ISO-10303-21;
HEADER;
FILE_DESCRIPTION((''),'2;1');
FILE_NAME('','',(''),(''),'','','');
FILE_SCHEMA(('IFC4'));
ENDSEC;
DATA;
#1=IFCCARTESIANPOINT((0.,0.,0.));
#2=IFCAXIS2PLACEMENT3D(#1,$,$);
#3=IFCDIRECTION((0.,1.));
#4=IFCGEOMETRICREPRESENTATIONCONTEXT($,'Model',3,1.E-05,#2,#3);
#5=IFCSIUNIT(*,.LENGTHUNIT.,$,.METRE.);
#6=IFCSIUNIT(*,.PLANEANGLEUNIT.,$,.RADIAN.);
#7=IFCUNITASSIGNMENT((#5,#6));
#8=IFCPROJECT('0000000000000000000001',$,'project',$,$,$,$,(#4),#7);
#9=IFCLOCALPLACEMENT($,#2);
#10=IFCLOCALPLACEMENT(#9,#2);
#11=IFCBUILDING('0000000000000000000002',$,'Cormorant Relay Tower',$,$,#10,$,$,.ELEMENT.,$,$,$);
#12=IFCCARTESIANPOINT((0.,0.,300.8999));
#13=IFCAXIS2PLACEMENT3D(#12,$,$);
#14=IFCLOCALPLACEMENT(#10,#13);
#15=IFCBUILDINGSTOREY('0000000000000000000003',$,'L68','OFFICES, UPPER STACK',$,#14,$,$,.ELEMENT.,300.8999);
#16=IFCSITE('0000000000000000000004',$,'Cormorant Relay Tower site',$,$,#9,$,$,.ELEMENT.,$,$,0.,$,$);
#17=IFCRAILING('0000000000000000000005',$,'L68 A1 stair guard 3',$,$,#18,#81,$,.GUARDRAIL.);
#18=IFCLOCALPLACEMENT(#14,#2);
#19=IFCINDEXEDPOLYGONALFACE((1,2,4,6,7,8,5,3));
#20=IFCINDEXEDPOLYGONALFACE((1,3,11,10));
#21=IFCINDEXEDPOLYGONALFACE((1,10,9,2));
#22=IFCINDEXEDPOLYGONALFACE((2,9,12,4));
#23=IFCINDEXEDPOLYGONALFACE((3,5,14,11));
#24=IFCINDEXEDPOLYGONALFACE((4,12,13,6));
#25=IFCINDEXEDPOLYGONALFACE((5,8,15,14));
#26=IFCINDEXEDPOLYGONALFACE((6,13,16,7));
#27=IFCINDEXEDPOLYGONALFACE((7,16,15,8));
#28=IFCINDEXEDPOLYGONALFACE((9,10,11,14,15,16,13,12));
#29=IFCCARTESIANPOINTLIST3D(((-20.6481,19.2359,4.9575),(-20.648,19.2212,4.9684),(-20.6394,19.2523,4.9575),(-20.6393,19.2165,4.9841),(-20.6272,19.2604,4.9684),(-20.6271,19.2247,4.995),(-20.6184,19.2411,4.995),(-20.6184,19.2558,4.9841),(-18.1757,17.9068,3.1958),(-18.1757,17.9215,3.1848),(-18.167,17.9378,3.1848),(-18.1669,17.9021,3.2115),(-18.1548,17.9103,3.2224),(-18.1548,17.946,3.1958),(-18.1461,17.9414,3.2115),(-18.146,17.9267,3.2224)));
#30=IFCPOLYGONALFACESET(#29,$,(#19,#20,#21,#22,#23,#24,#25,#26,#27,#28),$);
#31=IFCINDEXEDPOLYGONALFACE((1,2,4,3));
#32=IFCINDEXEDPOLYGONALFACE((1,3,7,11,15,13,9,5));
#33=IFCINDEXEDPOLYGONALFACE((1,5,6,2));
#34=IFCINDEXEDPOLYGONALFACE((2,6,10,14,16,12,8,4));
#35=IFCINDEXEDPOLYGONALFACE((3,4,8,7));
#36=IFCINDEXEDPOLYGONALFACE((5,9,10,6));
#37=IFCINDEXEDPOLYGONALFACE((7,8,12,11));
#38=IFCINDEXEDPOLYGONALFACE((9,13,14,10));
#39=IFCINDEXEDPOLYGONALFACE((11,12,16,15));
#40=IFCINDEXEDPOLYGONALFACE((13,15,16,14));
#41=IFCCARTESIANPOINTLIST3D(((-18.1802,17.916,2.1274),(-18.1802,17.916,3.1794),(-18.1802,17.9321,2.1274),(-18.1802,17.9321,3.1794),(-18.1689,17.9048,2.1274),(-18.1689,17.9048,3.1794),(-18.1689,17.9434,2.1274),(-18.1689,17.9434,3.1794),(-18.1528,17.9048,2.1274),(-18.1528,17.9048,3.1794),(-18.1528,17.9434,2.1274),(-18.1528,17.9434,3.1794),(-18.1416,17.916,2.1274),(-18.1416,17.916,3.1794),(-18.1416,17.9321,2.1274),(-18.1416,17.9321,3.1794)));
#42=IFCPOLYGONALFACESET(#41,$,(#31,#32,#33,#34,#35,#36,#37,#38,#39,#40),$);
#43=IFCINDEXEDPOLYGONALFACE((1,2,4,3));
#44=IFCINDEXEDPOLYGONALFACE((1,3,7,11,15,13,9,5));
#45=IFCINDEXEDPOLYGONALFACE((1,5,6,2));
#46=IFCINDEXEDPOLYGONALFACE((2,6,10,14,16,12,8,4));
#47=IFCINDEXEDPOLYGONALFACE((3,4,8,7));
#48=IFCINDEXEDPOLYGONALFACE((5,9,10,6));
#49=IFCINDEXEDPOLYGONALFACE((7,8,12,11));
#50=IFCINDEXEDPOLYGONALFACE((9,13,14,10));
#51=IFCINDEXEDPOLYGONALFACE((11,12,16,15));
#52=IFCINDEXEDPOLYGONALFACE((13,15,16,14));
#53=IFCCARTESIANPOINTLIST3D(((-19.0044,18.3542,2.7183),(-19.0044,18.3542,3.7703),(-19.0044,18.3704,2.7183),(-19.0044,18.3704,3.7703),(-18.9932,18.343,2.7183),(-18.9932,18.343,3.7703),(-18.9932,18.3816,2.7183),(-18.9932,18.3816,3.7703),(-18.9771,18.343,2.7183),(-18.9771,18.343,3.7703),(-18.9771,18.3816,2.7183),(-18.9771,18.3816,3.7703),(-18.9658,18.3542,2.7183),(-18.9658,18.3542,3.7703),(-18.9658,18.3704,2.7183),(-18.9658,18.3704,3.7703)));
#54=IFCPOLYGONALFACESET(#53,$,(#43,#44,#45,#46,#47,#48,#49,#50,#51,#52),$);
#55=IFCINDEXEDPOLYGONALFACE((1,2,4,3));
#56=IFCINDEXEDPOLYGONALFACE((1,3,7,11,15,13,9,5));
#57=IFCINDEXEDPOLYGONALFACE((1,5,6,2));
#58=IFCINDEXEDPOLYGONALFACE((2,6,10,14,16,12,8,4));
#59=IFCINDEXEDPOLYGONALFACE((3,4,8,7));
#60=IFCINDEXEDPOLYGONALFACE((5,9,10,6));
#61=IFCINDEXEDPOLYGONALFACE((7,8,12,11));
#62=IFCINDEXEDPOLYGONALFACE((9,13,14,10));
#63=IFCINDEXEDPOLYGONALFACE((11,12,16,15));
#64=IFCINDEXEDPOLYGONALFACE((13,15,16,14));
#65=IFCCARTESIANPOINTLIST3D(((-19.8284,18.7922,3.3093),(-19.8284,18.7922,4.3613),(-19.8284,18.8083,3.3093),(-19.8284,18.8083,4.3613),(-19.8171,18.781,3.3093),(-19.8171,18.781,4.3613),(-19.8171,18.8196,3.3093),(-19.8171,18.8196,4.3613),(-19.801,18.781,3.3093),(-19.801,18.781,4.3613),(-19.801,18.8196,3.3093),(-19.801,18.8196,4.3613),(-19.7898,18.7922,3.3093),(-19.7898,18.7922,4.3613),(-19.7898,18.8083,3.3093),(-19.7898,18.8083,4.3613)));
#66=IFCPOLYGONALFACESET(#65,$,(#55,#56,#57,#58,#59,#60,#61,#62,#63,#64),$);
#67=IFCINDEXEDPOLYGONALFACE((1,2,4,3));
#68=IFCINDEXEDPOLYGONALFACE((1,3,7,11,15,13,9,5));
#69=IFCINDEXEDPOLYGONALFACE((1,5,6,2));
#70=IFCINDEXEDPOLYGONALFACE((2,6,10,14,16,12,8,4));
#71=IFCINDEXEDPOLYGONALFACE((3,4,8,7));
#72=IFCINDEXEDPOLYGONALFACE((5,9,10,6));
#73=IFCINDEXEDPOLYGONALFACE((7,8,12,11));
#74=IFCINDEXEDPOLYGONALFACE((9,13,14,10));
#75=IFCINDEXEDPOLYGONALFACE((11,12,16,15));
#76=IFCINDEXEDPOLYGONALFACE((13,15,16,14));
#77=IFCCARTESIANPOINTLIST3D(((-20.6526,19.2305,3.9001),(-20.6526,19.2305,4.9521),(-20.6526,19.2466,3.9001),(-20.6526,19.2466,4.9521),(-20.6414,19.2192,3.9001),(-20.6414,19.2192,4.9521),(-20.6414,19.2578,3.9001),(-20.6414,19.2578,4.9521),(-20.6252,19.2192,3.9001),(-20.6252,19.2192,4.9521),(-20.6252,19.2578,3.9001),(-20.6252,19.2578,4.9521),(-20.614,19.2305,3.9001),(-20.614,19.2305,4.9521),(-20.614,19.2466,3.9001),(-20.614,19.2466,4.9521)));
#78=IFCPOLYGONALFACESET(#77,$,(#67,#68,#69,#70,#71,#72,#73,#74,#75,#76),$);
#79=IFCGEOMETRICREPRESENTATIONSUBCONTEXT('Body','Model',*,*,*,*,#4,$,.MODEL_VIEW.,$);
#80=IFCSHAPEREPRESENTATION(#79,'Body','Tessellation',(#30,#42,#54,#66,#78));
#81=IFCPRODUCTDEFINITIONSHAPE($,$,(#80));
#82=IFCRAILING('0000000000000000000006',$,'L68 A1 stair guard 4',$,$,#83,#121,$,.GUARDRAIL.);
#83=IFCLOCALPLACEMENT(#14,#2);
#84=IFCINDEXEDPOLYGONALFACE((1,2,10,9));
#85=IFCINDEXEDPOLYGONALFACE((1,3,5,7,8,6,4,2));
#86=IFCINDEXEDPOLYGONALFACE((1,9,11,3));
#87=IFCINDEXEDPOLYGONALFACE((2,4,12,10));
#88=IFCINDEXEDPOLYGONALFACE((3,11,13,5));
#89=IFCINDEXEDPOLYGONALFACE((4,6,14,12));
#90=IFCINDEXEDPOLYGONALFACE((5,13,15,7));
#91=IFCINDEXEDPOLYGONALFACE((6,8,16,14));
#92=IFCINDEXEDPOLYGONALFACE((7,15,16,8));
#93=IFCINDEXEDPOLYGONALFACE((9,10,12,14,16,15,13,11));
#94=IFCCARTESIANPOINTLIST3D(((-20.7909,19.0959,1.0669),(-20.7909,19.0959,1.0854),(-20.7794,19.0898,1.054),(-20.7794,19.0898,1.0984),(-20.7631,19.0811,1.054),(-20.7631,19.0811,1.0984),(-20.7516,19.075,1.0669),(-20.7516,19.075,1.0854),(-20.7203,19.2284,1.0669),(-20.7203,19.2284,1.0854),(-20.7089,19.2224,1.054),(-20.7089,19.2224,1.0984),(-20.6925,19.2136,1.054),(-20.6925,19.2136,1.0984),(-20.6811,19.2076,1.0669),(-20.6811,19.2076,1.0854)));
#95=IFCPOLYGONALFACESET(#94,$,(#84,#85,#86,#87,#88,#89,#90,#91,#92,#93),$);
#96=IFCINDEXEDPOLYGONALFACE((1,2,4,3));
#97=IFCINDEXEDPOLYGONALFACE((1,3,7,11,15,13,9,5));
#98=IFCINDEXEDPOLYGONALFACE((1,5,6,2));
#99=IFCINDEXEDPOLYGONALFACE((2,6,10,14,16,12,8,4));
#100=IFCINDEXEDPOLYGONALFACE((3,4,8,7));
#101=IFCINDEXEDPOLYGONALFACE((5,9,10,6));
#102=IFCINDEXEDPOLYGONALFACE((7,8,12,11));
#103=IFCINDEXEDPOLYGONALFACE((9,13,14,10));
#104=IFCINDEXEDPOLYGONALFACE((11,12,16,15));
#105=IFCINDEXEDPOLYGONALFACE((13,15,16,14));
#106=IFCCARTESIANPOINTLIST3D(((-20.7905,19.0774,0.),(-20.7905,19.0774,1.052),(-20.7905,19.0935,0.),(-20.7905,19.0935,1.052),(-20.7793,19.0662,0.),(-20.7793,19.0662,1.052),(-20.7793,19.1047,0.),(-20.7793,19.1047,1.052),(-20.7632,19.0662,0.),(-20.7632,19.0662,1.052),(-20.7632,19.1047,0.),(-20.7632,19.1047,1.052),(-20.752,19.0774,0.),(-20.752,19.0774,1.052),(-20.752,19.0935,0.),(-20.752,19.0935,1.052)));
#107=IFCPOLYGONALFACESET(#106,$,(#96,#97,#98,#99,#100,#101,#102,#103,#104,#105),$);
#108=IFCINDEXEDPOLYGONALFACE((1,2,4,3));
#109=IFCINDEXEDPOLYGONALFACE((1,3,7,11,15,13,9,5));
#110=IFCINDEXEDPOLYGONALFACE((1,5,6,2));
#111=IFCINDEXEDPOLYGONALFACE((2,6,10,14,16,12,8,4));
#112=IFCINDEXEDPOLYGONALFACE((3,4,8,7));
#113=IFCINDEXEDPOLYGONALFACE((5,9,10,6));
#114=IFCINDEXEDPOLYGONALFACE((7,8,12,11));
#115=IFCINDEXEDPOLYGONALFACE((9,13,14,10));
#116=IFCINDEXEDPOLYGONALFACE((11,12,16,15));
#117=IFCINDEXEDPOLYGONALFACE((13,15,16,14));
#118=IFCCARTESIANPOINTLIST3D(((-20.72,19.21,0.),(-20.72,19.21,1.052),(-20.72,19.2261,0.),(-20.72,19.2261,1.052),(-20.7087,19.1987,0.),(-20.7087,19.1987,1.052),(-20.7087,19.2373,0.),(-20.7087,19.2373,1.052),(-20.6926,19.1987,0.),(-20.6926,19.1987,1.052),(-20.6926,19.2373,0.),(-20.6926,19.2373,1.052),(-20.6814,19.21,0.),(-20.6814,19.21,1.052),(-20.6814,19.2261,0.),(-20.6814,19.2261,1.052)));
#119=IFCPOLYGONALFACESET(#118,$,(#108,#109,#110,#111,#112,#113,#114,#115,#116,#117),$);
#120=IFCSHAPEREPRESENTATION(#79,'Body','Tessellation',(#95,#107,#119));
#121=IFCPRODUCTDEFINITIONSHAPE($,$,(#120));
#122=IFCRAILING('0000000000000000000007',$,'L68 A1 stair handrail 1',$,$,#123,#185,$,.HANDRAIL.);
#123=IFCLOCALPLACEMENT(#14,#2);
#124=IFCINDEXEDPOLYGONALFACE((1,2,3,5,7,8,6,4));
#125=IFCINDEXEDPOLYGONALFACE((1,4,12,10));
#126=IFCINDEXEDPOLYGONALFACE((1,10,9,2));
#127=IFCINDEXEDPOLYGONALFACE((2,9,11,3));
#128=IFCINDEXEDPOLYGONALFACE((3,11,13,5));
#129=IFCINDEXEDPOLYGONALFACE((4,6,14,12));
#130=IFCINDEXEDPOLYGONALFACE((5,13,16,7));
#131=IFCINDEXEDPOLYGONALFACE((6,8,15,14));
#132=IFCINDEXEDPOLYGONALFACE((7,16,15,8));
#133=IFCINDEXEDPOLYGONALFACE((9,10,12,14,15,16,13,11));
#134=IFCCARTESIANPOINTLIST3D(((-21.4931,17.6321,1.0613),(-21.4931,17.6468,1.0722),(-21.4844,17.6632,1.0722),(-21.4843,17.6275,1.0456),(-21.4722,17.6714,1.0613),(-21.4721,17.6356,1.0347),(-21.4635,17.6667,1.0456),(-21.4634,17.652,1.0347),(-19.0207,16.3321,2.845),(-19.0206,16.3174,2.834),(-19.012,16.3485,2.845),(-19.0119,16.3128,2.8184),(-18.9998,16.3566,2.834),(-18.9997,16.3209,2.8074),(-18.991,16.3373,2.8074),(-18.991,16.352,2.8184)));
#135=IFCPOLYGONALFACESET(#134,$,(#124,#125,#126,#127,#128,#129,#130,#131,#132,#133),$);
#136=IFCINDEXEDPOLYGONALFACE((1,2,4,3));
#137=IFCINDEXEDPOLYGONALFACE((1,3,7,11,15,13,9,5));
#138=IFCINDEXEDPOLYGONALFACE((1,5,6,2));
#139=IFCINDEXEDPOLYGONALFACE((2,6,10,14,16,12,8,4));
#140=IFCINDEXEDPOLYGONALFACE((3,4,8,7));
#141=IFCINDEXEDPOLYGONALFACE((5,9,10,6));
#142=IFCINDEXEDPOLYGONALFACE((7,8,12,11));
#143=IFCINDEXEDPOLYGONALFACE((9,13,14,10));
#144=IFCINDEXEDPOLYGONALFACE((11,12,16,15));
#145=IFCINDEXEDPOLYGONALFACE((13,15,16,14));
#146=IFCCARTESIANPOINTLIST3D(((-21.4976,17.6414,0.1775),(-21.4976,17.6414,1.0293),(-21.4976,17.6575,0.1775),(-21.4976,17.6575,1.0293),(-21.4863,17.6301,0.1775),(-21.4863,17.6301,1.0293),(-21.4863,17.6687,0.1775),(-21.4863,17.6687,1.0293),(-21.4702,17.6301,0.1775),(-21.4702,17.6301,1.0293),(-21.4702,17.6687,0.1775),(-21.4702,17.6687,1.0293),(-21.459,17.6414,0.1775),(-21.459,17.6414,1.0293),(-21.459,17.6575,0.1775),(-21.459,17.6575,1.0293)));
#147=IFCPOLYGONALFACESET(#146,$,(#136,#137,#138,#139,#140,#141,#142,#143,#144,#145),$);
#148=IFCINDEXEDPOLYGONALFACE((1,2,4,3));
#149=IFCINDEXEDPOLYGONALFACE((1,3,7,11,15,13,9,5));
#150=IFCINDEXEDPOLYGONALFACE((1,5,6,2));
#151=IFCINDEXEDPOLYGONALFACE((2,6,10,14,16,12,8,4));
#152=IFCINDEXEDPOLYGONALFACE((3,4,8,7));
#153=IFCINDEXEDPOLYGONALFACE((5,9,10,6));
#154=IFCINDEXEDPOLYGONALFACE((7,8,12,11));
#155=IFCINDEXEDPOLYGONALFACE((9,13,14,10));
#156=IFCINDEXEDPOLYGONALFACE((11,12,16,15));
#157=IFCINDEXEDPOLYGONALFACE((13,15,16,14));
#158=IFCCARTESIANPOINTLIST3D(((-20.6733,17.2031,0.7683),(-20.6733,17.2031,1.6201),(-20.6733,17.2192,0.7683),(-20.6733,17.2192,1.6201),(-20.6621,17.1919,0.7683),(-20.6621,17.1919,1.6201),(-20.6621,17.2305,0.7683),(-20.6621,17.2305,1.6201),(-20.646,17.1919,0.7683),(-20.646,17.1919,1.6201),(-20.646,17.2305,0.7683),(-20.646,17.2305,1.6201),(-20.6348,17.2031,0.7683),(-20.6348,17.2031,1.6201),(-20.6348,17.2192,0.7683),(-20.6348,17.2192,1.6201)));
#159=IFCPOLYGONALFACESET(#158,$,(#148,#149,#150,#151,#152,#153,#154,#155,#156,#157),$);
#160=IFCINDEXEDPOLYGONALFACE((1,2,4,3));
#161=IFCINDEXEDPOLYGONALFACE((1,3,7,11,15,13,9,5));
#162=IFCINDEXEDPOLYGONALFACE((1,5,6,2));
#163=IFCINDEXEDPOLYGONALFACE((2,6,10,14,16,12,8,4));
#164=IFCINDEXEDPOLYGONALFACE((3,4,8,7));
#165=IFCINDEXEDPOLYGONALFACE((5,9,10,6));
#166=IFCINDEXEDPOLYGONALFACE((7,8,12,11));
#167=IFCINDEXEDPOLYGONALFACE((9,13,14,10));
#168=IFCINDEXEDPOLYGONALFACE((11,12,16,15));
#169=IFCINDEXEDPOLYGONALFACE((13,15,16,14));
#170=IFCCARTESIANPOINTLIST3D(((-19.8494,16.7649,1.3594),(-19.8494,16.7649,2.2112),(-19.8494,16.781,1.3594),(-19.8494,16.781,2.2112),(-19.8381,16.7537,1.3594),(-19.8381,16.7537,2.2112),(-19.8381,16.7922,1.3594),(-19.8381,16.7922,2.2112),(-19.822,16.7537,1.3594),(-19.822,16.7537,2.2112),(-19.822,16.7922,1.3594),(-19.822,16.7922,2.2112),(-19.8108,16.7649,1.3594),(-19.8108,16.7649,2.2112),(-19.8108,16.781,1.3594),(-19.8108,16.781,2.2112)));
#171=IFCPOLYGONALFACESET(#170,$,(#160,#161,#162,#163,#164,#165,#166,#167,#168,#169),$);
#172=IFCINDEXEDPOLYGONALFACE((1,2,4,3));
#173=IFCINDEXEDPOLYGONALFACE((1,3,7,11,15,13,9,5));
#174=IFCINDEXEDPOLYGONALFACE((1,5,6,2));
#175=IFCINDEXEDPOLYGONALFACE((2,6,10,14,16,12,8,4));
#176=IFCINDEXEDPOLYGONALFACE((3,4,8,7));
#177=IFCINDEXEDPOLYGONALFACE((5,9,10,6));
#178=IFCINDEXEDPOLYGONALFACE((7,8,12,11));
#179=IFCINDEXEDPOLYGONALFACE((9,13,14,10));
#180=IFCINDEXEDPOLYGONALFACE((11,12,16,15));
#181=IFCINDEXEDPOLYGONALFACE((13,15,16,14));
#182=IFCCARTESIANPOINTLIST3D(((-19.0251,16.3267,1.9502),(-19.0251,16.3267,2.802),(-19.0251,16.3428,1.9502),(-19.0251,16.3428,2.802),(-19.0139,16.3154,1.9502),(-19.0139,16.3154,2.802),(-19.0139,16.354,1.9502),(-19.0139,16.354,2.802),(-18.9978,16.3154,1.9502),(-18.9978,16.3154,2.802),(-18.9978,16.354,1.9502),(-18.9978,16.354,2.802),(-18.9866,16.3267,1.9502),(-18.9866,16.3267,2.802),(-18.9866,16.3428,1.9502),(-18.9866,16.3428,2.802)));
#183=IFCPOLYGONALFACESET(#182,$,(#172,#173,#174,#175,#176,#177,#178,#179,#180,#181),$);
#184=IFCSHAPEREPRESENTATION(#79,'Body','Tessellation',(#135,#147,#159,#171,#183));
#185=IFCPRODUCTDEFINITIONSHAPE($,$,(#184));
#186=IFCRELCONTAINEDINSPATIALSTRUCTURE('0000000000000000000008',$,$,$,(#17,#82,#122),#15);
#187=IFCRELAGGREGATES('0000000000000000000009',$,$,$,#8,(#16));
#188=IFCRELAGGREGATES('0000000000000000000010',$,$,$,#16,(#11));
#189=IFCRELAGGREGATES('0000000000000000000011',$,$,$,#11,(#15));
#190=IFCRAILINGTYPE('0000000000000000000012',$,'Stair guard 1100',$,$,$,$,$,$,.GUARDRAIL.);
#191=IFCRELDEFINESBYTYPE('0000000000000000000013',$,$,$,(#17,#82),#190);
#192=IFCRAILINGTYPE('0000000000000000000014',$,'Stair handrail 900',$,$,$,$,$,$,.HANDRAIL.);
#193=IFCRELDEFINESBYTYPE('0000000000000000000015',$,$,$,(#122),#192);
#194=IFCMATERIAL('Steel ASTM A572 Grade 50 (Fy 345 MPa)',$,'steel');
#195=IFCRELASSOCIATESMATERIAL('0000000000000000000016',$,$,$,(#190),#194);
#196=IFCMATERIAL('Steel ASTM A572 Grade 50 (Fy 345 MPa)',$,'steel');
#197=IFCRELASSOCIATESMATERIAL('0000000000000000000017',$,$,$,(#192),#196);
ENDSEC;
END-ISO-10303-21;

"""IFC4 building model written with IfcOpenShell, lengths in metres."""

from ifc_helpers import new_model, si_unit, direction, frame, origin, place, context, subcontext, project, spatial, polyline, outline, extrude, material, type_object, element, save


model = new_model("IFC4")

# Units and contexts
model_context = context("Model", 3, precision=1e-05, world=origin(), true_north=direction((0.0, 1.0)))
body_context = subcontext(model_context, "Body", "Model", "MODEL_VIEW")
ifc_project = project(units=[si_unit("LENGTHUNIT", "METRE"), si_unit("PLANEANGLEUNIT", "RADIAN")], contexts=[model_context])

# Site, building, storey
site_placement = place(None, origin())
site = spatial("IfcSite", under=ifc_project, at=site_placement, Name="Cormorant Relay Tower site", CompositionType="ELEMENT", RefElevation=0.0)
building_placement = place(site_placement, origin())
building = spatial("IfcBuilding", under=site, at=building_placement, Name="Cormorant Relay Tower", CompositionType="ELEMENT")
storey_placement = place(building_placement, frame((0.0, 0.0, 300.8999)))
storey = spatial("IfcBuildingStorey", under=building, at=storey_placement, Name="L68", Description="OFFICES, UPPER STACK", CompositionType="ELEMENT", Elevation=300.8999)

# Railings
ifc_material_1 = material(Name="Steel ASTM A572 Grade 50 (Fy 345 MPa)", Category="steel")
railing_type_1 = type_object("IfcRailingType", Name="Stair guard 1100", PredefinedType="GUARDRAIL", material=ifc_material_1)
railing_1_placement = place(storey_placement, frame((-18.1609, 17.9241, 2.1274)))
element("IfcRailing", 1, at=railing_1_placement, inside=storey, type_object=railing_type_1, Name="L68 A1 stair guard 3", PredefinedType="GUARDRAIL", context=body_context, shape_type="SweptSolid", body=[
    extrude(outline(polyline([(0.0222, 0.0093), (0.0093, 0.0222), (-0.0093, 0.0222), (-0.0222, 0.0093), (-0.0222, -0.0093), (-0.0093, -0.0222), (0.0093, -0.0222), (0.0222, -0.0093), (0.0222, 0.0093)])), frame((0.0, 0.0, 1.0762), z_axis=(-0.746034, 0.396627, 0.534902), x_axis=(-0.469429, -0.88297, 0.0)), (0.0, 0.0, 1.0), 3.314),
    extrude(outline(polyline([(0.0193, 0.0081), (0.0081, 0.0193), (-0.0081, 0.0193), (-0.0193, 0.0081), (-0.0193, -0.0081), (-0.0081, -0.0193), (0.0081, -0.0193), (0.0193, -0.0081), (0.0193, 0.0081)])), origin(), (0.0, 0.0, 1.0), 1.052),
    extrude(outline(polyline([(0.0193, 0.0081), (0.0081, 0.0193), (-0.0081, 0.0193), (-0.0193, 0.0081), (-0.0193, -0.0081), (-0.0081, -0.0193), (0.0081, -0.0193), (0.0193, -0.0081), (0.0193, 0.0081)])), frame((-0.8242, 0.4382, 0.5908)), (0.0, 0.0, 1.0), 1.052),
    extrude(outline(polyline([(0.0193, 0.0081), (0.0081, 0.0193), (-0.0081, 0.0193), (-0.0193, 0.0081), (-0.0193, -0.0081), (-0.0081, -0.0193), (0.0081, -0.0193), (0.0193, -0.0081), (0.0193, 0.0081)])), frame((-1.6482, 0.8762, 1.1819)), (0.0, 0.0, 1.0), 1.052),
    extrude(outline(polyline([(0.0193, 0.0081), (0.0081, 0.0193), (-0.0081, 0.0193), (-0.0193, 0.0081), (-0.0193, -0.0081), (-0.0081, -0.0193), (0.0081, -0.0193), (0.0193, -0.0081), (0.0193, 0.0081)])), frame((-2.4724, 1.3145, 1.7727)), (0.0, 0.0, 1.0), 1.052),
])
railing_2_placement = place(storey_placement, frame((-20.7712, 19.0854, 0.0)))
element("IfcRailing", 2, at=railing_2_placement, inside=storey, type_object=railing_type_1, Name="L68 A1 stair guard 4", PredefinedType="GUARDRAIL", context=body_context, shape_type="SweptSolid", body=[
    extrude(outline(polyline([(0.0222, 0.0093), (0.0093, 0.0222), (-0.0093, 0.0222), (-0.0222, 0.0093), (-0.0222, -0.0093), (-0.0093, -0.0222), (0.0093, -0.0222), (0.0222, -0.0093), (0.0222, 0.0093)])), frame((0.0, 0.0, 1.0762), z_axis=(0.469829, 0.882758, 0.0), x_axis=(-0.882758, 0.469829, 0.0)), (0.0, 0.0, 1.0), 0.1501),
    extrude(outline(polyline([(0.0193, 0.0081), (0.0081, 0.0193), (-0.0081, 0.0193), (-0.0193, 0.0081), (-0.0193, -0.0081), (-0.0081, -0.0193), (0.0081, -0.0193), (0.0193, -0.0081), (0.0193, 0.0081)])), origin(), (0.0, 0.0, 1.0), 1.052),
    extrude(outline(polyline([(0.0193, 0.0081), (0.0081, 0.0193), (-0.0081, 0.0193), (-0.0193, 0.0081), (-0.0193, -0.0081), (-0.0081, -0.0193), (0.0081, -0.0193), (0.0193, -0.0081), (0.0193, 0.0081)])), frame((0.0706, 0.1326, 0.0)), (0.0, 0.0, 1.0), 1.052),
])
ifc_material_2 = material(Name="Steel ASTM A572 Grade 50 (Fy 345 MPa)", Category="steel")
railing_type_2 = type_object("IfcRailingType", Name="Stair handrail 900", PredefinedType="HANDRAIL", material=ifc_material_2)
railing_3_placement = place(storey_placement, frame((-21.4783, 17.6494, 0.1775)))
element("IfcRailing", 3, at=railing_3_placement, inside=storey, type_object=railing_type_2, Name="L68 A1 stair handrail 1", PredefinedType="HANDRAIL", context=body_context, shape_type="SweptSolid", body=[
    extrude(outline(polyline([(0.0222, 0.0093), (0.0093, 0.0222), (-0.0093, 0.0222), (-0.0222, 0.0093), (-0.0222, -0.0093), (-0.0093, -0.0222), (0.0093, -0.0222), (0.0222, -0.0093), (0.0222, 0.0093)])), frame((0.0, 0.0, 0.876), z_axis=(0.746012, -0.39669, 0.534886), x_axis=(0.469497, 0.882934, 0.0)), (0.0, 0.0, 1.0), 3.3142),
    extrude(outline(polyline([(0.0193, 0.0081), (0.0081, 0.0193), (-0.0081, 0.0193), (-0.0193, 0.0081), (-0.0193, -0.0081), (-0.0081, -0.0193), (0.0081, -0.0193), (0.0193, -0.0081), (0.0193, 0.0081)])), origin(), (0.0, 0.0, 1.0), 0.8518),
    extrude(outline(polyline([(0.0193, 0.0081), (0.0081, 0.0193), (-0.0081, 0.0193), (-0.0193, 0.0081), (-0.0193, -0.0081), (-0.0081, -0.0193), (0.0081, -0.0193), (0.0193, -0.0081), (0.0193, 0.0081)])), frame((0.8242, -0.4382, 0.5908)), (0.0, 0.0, 1.0), 0.8518),
    extrude(outline(polyline([(0.0193, 0.0081), (0.0081, 0.0193), (-0.0081, 0.0193), (-0.0193, 0.0081), (-0.0193, -0.0081), (-0.0081, -0.0193), (0.0081, -0.0193), (0.0193, -0.0081), (0.0193, 0.0081)])), frame((1.6482, -0.8765, 1.1819)), (0.0, 0.0, 1.0), 0.8518),
    extrude(outline(polyline([(0.0193, 0.0081), (0.0081, 0.0193), (-0.0081, 0.0193), (-0.0193, 0.0081), (-0.0193, -0.0081), (-0.0081, -0.0193), (0.0081, -0.0193), (0.0193, -0.0081), (0.0193, 0.0081)])), frame((2.4724, -1.3147, 1.7727)), (0.0, 0.0, 1.0), 0.8518),
])

save(model, "model.ifc")
